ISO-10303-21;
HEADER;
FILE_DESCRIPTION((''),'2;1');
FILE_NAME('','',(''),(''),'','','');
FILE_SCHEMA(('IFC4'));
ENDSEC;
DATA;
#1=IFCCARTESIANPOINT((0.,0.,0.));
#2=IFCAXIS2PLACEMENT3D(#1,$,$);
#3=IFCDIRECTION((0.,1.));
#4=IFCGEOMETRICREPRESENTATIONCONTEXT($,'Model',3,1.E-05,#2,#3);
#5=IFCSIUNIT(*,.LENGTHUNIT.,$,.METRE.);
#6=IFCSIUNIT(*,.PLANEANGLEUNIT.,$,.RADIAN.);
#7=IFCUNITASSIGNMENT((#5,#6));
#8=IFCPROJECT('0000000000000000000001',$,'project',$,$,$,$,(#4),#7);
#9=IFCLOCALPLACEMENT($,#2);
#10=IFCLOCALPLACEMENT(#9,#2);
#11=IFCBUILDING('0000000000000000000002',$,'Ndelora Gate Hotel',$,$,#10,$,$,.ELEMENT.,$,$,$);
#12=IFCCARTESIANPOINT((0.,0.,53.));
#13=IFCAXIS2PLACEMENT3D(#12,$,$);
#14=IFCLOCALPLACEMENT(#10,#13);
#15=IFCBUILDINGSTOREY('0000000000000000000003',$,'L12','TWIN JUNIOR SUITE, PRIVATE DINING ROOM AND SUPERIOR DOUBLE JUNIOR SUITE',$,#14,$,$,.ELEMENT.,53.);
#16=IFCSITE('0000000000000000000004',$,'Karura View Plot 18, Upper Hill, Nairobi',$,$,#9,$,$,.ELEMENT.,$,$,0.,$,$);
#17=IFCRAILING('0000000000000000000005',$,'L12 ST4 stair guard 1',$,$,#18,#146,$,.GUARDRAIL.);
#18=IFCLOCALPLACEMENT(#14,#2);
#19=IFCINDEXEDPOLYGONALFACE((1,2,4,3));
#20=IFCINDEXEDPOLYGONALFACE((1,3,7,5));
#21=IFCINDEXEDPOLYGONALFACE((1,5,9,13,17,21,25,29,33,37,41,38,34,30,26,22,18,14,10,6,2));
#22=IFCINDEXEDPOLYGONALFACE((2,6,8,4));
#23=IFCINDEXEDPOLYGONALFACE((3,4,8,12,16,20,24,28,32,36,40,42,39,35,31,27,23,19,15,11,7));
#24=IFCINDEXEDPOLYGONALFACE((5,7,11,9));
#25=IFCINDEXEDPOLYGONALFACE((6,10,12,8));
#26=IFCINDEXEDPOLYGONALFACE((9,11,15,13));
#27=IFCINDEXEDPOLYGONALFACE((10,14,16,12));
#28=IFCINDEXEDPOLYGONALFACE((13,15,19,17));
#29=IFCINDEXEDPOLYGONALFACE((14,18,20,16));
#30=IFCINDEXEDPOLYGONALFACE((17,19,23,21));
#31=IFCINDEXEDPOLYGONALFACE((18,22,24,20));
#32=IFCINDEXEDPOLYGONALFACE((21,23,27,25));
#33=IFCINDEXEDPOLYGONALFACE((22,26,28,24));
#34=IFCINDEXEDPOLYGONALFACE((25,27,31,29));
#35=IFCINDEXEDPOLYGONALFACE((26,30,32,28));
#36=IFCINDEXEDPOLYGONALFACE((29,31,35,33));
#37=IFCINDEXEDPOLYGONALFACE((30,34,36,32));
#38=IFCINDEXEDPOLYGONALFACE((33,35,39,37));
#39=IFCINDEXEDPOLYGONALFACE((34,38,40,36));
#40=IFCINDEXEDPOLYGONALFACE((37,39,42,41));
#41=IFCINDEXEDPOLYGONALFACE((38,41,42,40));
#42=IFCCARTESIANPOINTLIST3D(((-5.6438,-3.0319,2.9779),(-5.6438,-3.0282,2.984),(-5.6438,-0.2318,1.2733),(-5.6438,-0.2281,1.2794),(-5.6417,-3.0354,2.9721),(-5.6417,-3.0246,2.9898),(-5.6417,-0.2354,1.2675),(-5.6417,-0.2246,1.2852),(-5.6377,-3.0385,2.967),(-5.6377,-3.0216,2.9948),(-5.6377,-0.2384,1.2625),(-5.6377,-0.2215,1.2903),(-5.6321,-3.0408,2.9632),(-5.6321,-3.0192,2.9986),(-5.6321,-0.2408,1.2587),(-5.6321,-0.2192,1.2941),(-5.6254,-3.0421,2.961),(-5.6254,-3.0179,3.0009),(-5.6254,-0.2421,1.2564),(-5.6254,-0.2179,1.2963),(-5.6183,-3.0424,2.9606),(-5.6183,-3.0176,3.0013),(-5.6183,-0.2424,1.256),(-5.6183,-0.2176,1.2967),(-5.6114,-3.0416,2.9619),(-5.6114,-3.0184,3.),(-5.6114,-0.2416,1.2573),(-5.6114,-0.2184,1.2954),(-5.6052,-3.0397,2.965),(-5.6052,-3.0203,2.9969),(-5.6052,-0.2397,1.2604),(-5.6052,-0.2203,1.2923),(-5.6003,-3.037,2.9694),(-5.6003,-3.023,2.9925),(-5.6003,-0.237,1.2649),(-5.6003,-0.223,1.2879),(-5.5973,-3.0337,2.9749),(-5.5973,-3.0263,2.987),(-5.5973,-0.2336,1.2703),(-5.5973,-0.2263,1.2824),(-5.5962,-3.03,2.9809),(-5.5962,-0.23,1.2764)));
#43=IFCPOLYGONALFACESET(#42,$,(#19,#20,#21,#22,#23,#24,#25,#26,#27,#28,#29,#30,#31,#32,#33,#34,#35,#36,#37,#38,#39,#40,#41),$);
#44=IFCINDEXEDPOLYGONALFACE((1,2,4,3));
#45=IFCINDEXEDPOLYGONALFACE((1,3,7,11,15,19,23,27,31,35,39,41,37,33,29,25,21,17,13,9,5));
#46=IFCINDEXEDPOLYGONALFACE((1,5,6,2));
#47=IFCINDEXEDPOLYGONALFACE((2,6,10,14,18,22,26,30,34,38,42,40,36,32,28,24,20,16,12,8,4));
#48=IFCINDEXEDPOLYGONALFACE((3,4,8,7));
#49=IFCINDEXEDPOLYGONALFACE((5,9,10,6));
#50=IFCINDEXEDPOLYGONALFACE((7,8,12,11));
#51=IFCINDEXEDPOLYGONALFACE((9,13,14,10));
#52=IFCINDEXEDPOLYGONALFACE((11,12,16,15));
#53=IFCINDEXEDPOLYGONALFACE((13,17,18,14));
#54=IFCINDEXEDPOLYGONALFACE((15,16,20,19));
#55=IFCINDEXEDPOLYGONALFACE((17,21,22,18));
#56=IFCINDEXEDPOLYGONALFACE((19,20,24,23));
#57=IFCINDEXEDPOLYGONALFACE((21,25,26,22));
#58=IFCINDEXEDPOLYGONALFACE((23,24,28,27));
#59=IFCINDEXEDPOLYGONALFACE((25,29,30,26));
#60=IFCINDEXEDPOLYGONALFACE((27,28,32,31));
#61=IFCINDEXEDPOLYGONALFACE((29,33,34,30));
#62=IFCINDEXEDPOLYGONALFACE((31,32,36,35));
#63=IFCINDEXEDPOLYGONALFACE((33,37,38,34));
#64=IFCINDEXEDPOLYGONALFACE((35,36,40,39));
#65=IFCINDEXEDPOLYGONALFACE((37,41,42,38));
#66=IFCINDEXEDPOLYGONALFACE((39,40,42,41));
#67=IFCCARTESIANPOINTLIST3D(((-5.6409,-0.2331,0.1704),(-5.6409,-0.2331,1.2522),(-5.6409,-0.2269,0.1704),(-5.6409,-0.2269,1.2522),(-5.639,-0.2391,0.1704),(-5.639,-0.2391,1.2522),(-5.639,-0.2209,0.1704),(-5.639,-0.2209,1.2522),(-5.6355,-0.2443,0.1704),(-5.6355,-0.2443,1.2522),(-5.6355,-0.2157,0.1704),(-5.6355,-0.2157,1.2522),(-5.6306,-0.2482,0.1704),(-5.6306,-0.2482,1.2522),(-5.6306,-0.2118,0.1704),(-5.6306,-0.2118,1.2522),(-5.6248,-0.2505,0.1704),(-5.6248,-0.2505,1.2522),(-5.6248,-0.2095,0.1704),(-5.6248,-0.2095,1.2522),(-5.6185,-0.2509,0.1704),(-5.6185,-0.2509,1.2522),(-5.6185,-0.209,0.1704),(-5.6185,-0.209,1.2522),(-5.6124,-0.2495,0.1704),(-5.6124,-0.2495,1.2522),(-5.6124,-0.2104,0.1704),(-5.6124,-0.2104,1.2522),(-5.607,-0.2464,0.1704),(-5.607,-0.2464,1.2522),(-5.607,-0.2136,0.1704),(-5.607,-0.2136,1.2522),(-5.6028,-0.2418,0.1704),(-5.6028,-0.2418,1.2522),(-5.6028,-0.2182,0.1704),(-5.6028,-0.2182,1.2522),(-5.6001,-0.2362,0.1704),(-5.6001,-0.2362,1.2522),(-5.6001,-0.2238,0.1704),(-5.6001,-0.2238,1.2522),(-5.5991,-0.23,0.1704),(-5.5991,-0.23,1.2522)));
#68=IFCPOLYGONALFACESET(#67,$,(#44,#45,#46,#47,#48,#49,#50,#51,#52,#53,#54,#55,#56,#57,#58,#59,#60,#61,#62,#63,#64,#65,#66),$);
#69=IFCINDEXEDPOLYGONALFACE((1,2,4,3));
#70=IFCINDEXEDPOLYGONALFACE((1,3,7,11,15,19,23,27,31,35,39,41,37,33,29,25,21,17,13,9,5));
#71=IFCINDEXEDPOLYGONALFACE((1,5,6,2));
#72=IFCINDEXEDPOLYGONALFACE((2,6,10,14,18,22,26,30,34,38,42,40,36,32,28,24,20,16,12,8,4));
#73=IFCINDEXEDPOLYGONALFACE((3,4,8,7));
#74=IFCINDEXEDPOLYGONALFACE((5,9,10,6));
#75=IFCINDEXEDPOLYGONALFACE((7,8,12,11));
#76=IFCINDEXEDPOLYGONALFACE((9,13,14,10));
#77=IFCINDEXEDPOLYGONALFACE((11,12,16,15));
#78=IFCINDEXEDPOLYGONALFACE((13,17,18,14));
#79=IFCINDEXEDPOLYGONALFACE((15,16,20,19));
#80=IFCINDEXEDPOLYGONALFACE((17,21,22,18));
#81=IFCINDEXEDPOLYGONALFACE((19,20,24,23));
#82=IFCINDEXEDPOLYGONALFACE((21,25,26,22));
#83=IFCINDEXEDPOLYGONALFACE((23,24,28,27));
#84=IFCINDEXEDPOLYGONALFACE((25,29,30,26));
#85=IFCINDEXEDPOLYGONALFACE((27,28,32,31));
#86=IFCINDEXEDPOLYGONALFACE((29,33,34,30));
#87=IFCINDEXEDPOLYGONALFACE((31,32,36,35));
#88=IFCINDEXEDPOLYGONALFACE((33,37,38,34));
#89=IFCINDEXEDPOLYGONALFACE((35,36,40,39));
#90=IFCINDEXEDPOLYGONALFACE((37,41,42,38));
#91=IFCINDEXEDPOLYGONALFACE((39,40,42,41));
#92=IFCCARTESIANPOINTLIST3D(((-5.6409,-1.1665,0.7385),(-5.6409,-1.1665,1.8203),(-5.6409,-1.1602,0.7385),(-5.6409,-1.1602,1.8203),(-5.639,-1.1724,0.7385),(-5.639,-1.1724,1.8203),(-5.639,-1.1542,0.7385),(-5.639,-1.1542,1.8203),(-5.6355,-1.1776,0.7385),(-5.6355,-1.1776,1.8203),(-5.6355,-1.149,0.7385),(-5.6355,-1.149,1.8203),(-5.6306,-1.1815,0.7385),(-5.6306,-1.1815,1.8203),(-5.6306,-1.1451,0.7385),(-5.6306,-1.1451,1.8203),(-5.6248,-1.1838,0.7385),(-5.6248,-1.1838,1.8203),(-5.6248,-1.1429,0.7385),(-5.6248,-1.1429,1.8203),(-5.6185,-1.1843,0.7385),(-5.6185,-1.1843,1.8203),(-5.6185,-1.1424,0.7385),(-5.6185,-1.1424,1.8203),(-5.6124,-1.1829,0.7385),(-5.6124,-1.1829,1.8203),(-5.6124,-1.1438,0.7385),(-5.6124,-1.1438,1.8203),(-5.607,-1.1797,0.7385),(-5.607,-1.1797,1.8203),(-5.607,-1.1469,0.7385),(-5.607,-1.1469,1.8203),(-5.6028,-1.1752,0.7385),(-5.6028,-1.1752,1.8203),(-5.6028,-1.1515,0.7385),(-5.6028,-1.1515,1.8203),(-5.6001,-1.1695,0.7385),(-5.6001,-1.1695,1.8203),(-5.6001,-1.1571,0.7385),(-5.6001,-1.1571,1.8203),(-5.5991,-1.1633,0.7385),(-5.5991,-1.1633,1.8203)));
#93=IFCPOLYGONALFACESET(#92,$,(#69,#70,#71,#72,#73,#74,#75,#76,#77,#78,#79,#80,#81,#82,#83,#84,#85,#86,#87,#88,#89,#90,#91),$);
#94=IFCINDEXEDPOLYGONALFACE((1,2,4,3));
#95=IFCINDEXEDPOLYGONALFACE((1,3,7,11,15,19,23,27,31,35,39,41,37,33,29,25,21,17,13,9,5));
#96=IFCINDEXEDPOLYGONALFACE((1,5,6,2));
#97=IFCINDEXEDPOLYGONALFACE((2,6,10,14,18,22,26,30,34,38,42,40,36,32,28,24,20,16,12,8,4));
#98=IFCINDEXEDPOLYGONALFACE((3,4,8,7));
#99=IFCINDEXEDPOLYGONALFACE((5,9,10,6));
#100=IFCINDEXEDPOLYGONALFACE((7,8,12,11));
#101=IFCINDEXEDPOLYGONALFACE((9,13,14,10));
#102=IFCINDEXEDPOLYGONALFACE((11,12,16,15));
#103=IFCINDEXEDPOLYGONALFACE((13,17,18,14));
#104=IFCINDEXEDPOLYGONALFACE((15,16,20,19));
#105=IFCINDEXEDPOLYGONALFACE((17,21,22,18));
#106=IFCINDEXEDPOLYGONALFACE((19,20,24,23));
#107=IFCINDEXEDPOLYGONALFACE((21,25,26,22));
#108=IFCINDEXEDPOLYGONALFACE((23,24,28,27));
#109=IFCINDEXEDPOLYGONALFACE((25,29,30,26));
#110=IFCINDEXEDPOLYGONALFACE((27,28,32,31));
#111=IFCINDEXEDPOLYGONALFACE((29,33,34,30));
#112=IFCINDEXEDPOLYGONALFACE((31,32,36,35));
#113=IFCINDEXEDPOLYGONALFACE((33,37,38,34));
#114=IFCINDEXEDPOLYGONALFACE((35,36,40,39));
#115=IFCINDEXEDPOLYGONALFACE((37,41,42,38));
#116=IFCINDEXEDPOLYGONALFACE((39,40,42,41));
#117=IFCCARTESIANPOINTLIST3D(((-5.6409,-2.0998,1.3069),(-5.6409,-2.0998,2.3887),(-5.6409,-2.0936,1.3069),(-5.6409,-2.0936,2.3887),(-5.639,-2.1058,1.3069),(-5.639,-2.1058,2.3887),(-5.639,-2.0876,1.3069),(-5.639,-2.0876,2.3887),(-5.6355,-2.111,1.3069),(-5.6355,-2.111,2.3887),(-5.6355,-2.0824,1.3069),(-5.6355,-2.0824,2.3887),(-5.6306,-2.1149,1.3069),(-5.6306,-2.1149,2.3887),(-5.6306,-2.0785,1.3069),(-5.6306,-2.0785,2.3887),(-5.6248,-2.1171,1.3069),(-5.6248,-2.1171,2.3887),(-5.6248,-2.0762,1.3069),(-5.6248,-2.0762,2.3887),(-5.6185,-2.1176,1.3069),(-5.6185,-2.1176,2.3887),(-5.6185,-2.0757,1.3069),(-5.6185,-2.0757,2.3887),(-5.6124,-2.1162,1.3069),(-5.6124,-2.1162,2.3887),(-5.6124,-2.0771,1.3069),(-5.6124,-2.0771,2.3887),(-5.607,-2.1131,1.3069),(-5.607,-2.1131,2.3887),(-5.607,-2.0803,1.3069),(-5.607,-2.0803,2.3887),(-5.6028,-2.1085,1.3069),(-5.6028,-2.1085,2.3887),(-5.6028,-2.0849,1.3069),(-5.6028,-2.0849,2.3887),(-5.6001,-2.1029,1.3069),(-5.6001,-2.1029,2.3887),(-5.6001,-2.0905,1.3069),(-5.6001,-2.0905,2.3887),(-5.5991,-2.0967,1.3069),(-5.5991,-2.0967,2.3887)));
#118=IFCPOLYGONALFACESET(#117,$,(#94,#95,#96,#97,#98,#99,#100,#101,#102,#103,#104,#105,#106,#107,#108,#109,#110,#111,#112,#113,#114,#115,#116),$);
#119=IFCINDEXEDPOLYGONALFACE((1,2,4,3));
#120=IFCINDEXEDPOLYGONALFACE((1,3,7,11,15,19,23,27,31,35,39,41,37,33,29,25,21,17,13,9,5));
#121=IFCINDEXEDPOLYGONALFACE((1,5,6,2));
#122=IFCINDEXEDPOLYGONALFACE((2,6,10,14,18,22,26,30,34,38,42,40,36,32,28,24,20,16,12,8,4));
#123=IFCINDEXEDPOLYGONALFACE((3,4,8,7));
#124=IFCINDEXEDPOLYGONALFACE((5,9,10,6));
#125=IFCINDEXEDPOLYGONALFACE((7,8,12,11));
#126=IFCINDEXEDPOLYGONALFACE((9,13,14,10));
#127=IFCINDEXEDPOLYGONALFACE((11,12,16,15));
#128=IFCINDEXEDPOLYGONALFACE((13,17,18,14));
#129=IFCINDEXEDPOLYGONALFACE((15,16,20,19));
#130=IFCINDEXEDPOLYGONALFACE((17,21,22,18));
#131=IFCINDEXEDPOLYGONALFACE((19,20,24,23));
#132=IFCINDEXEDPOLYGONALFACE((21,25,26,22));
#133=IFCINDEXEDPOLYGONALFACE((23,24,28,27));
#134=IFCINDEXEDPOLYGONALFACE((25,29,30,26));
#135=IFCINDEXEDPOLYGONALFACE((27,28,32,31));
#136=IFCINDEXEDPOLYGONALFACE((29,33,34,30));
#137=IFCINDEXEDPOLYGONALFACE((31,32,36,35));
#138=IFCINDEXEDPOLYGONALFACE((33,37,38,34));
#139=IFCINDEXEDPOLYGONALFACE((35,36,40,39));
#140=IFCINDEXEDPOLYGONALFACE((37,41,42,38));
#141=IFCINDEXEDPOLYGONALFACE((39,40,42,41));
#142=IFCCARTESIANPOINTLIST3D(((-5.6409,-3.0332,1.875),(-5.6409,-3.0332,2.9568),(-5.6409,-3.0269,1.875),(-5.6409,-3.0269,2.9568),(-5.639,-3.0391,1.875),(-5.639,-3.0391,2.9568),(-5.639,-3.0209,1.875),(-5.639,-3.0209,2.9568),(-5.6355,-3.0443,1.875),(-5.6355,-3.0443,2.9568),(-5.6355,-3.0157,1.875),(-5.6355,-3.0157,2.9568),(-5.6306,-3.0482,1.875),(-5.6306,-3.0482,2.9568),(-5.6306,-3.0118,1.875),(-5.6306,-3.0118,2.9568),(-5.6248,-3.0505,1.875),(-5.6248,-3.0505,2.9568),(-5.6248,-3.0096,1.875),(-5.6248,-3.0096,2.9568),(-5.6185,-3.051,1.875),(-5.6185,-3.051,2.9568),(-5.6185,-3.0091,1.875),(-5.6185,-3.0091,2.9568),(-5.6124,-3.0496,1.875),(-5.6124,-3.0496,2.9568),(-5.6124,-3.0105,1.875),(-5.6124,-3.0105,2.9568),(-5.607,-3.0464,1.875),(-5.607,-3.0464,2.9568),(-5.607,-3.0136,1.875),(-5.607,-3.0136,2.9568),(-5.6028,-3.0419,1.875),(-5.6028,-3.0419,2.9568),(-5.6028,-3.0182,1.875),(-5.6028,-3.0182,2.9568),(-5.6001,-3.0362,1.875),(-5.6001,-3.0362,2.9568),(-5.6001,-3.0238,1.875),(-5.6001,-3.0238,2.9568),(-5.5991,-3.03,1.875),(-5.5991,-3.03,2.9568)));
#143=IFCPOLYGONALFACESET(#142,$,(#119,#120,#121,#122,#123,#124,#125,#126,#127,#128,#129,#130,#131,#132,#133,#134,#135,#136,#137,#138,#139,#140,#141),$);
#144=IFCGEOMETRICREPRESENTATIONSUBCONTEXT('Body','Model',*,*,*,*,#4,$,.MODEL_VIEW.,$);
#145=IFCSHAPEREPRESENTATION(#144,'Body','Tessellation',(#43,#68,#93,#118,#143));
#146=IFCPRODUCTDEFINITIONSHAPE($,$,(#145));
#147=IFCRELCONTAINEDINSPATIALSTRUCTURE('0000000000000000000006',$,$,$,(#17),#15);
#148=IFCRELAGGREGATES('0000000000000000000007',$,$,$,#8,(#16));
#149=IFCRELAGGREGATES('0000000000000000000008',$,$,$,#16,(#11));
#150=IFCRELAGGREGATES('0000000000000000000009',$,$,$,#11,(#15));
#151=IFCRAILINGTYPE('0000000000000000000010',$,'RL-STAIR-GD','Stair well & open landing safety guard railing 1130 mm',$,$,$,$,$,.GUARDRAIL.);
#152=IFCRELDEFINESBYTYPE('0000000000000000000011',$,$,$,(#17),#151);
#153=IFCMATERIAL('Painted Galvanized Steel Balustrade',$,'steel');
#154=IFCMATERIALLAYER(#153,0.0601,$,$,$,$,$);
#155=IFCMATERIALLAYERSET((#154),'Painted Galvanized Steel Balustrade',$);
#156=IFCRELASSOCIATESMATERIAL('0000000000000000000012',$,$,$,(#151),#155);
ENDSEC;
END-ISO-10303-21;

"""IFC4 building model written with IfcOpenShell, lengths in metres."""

from ifc_helpers import new_model, si_unit, direction, frame, origin, origin_2d, place, context, subcontext, project, spatial, circle, extrude, material, layer, layer_set, type_object, element, save


model = new_model("IFC4")

# Units and contexts
model_context = context("Model", 3, precision=1e-05, world=origin(), true_north=direction((0.0, 1.0)))
body_context = subcontext(model_context, "Body", "Model", "MODEL_VIEW")
ifc_project = project(units=[si_unit("LENGTHUNIT", "METRE"), si_unit("PLANEANGLEUNIT", "RADIAN")], contexts=[model_context])

# Site, building, storey
site_placement = place(None, origin())
site = spatial("IfcSite", under=ifc_project, at=site_placement, Name="Karura View Plot 18, Upper Hill, Nairobi", CompositionType="ELEMENT", RefElevation=0.0)
building_placement = place(site_placement, origin())
building = spatial("IfcBuilding", under=site, at=building_placement, Name="Ndelora Gate Hotel", CompositionType="ELEMENT")
storey_placement = place(building_placement, frame((0.0, 0.0, 53.0)))
storey = spatial("IfcBuildingStorey", under=building, at=storey_placement, Name="L12", Description="TWIN JUNIOR SUITE, PRIVATE DINING ROOM AND SUPERIOR DOUBLE JUNIOR SUITE", CompositionType="ELEMENT", Elevation=53.0)

# Railing
ifc_material_1 = material(Name="Painted Galvanized Steel Balustrade", Category="steel")
ifc_layer_1 = layer(ifc_material_1, 0.0601)
ifc_layer_set_1 = layer_set([ifc_layer_1], Name="Painted Galvanized Steel Balustrade")
railing_type_1 = type_object("IfcRailingType", Name="RL-STAIR-GD", Description="Stair well & open landing safety guard railing 1130 mm", PredefinedType="GUARDRAIL", material=ifc_layer_set_1)
railing_1_placement = place(storey_placement, frame((-5.6201, -0.23, 0.1704)))
element("IfcRailing", 1, at=railing_1_placement, inside=storey, type_object=railing_type_1, Name="L12 ST4 stair guard 1", PredefinedType="GUARDRAIL", context=body_context, shape_type="SweptSolid", body=[
    extrude(circle(Radius=0.0239, at=origin_2d()), frame((0.0, 0.0, 1.106), z_axis=(0.0, -0.85417, 0.519994), x_axis=(1.0, 0.0, 0.0)), (0.0, 0.0, 1.0), 3.2781),
    extrude(circle(Radius=0.021, at=origin_2d()), origin(), (0.0, 0.0, 1.0), 1.0818),
    extrude(circle(Radius=0.021, at=origin_2d()), frame((0.0, -0.9333, 0.5681)), (0.0, 0.0, 1.0), 1.0818),
    extrude(circle(Radius=0.021, at=origin_2d()), frame((0.0, -1.8667, 1.1365)), (0.0, 0.0, 1.0), 1.0818),
    extrude(circle(Radius=0.021, at=origin_2d()), frame((0.0, -2.8, 1.7046)), (0.0, 0.0, 1.0), 1.0818),
])

save(model, "model.ifc")
